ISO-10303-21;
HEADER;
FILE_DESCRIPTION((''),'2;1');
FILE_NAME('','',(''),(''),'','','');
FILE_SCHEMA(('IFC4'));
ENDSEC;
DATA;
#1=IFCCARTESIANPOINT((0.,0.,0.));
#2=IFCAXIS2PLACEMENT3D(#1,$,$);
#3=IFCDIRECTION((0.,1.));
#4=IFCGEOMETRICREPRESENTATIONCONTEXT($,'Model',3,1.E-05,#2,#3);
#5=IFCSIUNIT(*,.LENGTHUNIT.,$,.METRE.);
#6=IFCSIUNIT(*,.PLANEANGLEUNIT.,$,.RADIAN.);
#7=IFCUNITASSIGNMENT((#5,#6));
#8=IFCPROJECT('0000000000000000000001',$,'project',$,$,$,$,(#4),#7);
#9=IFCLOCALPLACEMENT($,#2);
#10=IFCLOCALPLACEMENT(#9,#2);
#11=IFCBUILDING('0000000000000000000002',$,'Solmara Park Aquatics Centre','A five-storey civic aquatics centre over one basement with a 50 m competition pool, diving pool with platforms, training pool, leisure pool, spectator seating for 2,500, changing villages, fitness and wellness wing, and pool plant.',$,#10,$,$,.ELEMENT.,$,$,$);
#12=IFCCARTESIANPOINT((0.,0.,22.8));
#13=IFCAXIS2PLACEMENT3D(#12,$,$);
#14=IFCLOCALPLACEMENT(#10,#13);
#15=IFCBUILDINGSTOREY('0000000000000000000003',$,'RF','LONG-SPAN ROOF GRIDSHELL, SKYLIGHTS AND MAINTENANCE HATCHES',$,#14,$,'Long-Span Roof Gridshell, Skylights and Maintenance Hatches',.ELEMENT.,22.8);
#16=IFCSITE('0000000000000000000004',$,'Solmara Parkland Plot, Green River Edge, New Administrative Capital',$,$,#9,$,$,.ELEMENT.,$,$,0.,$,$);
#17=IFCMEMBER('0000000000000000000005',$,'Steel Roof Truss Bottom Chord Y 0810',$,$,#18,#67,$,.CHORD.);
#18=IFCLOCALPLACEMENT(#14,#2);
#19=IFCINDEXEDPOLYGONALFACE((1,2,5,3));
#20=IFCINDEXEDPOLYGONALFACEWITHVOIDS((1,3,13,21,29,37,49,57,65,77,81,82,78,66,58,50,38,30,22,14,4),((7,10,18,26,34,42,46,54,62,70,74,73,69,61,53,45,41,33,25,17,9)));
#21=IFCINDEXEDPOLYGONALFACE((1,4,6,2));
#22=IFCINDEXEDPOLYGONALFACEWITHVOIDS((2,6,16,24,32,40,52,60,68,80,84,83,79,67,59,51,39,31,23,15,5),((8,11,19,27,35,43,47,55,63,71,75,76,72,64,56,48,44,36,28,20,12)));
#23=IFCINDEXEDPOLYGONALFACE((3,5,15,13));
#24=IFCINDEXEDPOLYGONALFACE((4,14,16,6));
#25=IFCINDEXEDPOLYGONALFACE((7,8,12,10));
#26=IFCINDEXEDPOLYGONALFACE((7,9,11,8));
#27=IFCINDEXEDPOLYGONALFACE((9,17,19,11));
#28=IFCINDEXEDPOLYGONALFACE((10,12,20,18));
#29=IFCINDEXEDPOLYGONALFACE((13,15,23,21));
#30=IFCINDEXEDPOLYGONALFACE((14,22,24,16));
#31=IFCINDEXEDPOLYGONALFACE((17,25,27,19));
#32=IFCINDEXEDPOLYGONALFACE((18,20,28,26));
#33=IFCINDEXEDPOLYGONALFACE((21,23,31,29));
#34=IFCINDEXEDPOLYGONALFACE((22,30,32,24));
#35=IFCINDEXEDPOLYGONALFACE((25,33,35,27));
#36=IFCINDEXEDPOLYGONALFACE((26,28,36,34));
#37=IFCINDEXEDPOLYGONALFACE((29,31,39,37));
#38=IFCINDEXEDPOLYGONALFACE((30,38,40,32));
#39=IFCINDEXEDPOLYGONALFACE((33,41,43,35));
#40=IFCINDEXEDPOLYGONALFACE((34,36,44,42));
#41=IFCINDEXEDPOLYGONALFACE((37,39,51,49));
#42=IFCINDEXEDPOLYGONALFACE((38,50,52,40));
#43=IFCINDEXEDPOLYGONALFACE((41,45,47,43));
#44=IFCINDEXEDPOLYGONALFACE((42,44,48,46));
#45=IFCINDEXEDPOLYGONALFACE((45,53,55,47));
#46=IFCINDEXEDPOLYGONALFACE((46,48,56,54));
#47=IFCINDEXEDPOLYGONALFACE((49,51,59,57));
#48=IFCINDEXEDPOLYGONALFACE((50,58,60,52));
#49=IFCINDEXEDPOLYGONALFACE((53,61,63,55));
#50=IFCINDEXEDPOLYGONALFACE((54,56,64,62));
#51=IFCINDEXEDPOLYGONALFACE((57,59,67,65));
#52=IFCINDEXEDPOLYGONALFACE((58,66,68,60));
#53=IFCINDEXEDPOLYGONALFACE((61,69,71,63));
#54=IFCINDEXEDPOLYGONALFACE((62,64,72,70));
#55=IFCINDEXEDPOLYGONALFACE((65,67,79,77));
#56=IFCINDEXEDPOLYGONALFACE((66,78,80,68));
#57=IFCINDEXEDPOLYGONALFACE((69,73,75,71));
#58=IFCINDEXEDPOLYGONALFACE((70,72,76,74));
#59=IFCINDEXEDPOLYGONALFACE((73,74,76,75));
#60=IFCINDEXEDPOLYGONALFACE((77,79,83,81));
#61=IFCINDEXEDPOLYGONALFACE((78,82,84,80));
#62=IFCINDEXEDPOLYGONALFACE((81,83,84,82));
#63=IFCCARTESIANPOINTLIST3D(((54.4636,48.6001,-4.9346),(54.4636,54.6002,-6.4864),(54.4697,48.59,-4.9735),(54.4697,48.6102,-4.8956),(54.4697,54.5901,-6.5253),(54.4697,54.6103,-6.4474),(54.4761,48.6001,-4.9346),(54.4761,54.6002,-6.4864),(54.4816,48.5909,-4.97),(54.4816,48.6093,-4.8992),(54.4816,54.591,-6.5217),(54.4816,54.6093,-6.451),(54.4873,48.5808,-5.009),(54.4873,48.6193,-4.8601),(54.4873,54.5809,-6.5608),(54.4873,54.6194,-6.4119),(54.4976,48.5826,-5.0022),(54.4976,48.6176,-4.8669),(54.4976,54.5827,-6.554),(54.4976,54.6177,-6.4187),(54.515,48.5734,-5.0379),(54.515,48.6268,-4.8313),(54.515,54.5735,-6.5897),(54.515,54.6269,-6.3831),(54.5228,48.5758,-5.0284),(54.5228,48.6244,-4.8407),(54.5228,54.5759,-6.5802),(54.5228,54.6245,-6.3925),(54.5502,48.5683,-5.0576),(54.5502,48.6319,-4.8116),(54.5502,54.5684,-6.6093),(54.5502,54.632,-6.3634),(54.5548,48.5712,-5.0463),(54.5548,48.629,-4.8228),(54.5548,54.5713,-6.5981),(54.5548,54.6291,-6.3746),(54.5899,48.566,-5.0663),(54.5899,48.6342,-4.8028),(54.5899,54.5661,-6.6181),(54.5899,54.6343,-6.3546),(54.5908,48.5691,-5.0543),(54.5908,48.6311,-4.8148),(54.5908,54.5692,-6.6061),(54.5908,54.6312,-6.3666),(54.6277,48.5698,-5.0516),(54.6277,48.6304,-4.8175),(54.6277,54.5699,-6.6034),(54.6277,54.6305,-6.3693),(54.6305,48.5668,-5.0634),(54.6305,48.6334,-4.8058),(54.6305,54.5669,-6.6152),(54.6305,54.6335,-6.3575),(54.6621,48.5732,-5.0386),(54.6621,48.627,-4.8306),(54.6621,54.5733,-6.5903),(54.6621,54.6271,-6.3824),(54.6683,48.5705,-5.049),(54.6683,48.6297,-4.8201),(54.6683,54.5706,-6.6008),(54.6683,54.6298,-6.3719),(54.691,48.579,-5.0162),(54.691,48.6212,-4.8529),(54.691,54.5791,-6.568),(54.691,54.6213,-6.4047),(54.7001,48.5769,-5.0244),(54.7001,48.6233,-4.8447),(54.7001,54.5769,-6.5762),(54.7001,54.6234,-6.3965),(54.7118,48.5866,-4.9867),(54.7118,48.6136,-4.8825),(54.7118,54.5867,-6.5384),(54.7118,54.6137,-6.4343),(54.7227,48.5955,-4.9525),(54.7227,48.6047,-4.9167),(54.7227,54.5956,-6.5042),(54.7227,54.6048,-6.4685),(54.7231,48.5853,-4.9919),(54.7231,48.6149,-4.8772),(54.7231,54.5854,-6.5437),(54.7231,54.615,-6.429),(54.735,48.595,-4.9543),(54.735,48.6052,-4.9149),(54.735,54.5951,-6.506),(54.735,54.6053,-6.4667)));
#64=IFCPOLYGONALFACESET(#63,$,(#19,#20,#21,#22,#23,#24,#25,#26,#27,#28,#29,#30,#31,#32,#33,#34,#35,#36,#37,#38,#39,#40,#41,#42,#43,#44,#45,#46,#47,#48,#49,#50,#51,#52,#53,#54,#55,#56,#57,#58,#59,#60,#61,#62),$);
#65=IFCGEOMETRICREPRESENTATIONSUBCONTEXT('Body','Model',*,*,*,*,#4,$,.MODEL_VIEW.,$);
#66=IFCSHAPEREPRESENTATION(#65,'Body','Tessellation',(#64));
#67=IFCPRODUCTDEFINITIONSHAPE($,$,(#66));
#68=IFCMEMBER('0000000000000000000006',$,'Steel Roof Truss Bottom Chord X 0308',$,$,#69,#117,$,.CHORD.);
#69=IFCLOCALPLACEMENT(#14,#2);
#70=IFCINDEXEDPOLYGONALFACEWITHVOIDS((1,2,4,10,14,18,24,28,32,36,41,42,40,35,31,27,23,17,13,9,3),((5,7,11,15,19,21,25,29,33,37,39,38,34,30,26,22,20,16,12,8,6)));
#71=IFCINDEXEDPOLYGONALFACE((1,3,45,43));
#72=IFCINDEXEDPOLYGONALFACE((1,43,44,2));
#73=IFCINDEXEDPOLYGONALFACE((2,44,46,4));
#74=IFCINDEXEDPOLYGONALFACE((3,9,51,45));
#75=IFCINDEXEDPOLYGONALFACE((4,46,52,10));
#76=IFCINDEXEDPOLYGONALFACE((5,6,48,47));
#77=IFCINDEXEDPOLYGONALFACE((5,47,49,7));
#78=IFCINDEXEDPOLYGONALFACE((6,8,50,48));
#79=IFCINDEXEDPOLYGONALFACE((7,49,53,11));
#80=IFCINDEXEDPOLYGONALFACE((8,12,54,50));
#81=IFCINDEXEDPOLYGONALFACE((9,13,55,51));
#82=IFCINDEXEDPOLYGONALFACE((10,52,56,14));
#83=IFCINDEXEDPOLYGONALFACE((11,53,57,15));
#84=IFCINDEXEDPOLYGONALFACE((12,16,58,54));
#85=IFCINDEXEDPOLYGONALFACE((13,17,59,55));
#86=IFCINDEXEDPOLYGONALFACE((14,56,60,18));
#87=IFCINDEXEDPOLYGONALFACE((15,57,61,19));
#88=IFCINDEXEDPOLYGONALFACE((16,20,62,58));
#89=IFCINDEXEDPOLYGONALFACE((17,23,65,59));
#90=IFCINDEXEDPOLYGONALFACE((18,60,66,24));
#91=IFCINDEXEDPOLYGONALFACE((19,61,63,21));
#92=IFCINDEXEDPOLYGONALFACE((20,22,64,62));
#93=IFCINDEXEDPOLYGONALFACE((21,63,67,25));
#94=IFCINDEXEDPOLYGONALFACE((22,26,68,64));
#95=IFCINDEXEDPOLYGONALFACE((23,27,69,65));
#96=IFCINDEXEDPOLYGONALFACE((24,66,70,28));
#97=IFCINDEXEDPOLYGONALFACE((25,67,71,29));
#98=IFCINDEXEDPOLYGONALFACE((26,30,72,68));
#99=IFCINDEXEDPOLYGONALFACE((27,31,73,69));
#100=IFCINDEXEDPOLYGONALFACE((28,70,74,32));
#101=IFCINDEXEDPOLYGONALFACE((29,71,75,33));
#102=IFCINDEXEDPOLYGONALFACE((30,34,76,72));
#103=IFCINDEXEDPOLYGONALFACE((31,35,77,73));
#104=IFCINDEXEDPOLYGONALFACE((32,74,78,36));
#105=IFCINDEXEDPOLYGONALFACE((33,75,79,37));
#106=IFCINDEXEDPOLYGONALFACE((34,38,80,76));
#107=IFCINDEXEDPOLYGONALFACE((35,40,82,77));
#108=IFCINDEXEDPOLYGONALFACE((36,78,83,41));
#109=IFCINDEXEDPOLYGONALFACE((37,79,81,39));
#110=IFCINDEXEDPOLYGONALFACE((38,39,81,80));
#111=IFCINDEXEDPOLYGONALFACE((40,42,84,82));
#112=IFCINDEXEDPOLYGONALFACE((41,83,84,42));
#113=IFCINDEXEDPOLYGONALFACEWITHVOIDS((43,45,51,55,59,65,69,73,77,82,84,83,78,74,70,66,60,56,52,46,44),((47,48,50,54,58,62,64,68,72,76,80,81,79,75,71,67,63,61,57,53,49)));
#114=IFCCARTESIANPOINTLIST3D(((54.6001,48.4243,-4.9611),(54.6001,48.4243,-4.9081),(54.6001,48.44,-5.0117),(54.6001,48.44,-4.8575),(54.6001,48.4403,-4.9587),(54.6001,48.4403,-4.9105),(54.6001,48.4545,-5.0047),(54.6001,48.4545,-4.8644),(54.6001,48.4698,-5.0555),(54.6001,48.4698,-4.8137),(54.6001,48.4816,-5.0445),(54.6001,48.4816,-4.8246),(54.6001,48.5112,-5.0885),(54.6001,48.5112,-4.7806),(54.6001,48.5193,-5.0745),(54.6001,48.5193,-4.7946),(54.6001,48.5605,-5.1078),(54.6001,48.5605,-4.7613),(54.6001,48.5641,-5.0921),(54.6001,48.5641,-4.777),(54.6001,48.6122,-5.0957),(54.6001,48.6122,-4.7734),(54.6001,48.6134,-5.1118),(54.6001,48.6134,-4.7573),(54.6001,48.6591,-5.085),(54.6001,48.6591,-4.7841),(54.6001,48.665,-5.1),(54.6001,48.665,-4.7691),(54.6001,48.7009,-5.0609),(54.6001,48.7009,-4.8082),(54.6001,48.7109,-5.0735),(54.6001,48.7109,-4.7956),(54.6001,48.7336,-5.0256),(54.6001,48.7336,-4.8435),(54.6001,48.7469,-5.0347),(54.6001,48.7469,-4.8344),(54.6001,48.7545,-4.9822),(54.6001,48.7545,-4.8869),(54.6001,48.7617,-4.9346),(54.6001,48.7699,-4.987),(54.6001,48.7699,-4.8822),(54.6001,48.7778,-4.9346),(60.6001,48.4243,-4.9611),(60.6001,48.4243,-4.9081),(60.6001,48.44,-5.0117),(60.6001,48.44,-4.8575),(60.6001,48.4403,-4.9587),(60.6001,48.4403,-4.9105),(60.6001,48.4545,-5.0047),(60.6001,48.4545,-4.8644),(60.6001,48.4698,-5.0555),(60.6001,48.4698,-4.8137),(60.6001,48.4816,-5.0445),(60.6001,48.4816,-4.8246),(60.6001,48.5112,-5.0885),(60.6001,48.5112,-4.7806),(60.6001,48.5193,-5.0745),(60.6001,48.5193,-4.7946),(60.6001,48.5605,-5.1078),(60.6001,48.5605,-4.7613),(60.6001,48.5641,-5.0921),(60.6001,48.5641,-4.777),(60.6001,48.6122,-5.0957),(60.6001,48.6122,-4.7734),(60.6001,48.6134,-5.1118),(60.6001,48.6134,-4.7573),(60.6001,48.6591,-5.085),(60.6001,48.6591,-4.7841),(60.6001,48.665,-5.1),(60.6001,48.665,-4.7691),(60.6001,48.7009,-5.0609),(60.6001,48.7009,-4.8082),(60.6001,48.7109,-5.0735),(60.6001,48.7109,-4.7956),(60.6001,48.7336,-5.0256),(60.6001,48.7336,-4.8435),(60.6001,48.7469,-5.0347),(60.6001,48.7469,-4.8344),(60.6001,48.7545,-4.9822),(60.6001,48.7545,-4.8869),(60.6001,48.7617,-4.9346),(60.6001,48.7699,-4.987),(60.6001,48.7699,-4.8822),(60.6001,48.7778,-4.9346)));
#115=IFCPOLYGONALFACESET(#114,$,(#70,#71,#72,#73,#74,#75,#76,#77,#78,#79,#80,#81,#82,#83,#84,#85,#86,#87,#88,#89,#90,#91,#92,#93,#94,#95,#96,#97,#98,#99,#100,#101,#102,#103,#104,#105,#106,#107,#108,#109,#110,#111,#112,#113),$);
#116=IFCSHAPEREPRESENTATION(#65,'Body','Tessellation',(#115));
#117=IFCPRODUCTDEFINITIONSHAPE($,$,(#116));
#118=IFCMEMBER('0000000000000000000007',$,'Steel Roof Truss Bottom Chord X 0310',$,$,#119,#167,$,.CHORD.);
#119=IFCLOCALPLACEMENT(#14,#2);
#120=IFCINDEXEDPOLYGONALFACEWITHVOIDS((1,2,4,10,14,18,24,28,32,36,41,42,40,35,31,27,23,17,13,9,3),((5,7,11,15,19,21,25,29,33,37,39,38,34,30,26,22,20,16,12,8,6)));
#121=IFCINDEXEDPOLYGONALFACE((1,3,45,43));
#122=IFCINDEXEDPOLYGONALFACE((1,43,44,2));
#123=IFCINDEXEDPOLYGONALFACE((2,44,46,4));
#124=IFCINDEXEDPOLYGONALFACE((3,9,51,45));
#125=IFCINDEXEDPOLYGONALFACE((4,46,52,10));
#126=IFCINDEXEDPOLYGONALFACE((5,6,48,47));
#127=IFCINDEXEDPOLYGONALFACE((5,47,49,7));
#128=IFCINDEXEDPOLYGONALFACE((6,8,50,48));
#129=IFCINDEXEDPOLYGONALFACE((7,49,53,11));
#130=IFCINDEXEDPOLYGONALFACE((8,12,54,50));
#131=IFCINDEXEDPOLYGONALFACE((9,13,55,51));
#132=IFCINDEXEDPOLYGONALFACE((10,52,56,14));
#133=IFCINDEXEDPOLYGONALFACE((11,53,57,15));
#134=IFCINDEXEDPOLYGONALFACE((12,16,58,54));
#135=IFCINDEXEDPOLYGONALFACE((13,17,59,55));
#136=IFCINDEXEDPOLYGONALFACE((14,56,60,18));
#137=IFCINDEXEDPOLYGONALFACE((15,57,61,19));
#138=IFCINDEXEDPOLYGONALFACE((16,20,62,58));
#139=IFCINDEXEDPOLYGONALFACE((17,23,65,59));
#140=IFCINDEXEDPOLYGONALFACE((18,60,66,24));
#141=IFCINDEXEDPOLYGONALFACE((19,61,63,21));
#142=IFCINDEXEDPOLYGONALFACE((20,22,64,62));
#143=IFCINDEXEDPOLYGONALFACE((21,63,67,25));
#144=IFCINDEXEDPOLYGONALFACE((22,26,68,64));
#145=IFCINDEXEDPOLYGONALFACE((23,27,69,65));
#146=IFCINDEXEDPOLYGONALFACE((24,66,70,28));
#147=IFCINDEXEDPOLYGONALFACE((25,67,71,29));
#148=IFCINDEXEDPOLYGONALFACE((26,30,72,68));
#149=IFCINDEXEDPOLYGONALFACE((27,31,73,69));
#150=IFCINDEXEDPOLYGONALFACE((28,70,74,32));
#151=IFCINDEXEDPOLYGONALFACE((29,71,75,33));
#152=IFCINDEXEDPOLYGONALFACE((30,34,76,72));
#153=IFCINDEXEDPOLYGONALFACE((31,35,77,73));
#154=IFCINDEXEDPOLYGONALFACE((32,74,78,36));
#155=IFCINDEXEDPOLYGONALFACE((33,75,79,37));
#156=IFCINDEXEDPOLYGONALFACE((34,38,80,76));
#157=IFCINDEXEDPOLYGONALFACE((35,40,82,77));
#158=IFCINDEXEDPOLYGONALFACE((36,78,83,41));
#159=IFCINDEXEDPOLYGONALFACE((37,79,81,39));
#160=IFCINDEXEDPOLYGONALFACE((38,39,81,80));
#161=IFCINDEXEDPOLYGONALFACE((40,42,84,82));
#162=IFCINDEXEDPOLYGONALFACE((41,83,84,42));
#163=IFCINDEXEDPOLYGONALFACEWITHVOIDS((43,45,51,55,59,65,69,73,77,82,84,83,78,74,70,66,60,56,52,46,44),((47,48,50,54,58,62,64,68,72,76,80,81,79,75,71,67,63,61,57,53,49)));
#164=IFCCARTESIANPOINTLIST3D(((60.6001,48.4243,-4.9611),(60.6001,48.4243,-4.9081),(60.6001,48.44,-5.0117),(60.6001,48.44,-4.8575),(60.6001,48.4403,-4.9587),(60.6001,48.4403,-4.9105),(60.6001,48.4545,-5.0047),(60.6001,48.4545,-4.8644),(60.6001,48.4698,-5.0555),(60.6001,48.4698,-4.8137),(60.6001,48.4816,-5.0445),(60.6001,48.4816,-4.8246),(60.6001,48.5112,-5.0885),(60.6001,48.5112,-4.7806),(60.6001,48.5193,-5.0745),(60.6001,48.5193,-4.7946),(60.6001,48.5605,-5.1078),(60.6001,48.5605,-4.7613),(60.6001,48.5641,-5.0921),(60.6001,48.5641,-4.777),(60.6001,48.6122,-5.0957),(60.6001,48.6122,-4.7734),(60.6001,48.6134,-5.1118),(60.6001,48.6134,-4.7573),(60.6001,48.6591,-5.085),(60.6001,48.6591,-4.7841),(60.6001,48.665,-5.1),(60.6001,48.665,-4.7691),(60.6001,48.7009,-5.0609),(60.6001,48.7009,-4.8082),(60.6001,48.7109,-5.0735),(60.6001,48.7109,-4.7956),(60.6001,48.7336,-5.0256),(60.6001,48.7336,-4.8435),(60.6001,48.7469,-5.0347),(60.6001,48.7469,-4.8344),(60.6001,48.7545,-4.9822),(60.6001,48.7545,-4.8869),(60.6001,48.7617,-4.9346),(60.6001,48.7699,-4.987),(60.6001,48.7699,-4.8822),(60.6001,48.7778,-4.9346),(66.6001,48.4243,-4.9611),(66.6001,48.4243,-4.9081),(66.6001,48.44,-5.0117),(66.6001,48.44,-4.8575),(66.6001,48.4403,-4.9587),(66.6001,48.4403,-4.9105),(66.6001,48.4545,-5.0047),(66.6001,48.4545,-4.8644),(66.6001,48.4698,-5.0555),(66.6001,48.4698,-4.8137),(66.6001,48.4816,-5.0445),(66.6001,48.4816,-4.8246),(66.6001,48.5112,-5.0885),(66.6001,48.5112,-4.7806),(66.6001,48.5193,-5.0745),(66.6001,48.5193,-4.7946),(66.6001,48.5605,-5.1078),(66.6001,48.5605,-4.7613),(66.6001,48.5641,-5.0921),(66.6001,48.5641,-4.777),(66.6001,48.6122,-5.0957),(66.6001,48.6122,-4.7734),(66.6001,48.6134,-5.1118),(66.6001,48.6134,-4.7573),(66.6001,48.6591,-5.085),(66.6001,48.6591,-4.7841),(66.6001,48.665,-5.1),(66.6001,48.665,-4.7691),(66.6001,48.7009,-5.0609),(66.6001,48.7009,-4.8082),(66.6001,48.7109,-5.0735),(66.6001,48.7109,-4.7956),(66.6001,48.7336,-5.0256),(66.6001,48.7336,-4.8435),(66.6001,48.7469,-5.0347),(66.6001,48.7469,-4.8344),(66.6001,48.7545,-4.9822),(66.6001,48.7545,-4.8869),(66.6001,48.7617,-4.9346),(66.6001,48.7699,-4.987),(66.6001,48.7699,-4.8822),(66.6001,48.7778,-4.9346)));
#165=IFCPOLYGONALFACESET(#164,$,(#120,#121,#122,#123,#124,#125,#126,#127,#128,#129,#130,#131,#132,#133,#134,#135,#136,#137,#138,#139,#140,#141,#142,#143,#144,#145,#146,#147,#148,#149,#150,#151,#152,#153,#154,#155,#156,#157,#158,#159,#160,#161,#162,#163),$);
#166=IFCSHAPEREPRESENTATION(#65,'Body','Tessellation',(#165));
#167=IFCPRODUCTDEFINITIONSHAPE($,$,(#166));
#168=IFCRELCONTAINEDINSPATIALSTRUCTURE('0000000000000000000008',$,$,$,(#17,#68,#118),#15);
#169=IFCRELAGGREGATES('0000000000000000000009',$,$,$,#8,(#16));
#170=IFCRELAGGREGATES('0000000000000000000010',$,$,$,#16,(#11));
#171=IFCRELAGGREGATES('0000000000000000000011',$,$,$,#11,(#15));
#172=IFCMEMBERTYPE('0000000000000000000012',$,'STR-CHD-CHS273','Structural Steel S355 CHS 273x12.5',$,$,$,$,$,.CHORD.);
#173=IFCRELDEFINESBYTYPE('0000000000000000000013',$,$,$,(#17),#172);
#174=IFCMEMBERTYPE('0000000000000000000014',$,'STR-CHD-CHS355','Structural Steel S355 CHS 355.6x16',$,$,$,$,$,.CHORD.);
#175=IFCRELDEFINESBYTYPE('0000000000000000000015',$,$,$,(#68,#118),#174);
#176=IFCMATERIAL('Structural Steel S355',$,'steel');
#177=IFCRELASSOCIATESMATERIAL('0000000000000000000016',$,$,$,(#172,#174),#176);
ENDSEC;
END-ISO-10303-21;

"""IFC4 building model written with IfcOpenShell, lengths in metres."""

from ifc_helpers import new_model, si_unit, direction, frame, origin, origin_2d, place, context, subcontext, project, spatial, hollow_circle, extrude, material, material_profile, profile_set, type_object, element, save


model = new_model("IFC4")

# Units and contexts
model_context = context("Model", 3, precision=1e-05, world=origin(), true_north=direction((0.0, 1.0)))
body_context = subcontext(model_context, "Body", "Model", "MODEL_VIEW")
ifc_project = project(units=[si_unit("LENGTHUNIT", "METRE"), si_unit("PLANEANGLEUNIT", "RADIAN")], contexts=[model_context])

# Site, building, storey
site_placement = place(None, origin())
site = spatial("IfcSite", under=ifc_project, at=site_placement, Name="Solmara Parkland Plot, Green River Edge, New Administrative Capital", CompositionType="ELEMENT", RefElevation=0.0)
building_placement = place(site_placement, origin())
building = spatial("IfcBuilding", under=site, at=building_placement, Name="Solmara Park Aquatics Centre", Description="A five-storey civic aquatics centre over one basement with a 50 m competition pool, diving pool with platforms, training pool, leisure pool, spectator seating for 2,500, changing villages, fitness and wellness wing, and pool plant.", CompositionType="ELEMENT")
storey_placement = place(building_placement, frame((0.0, 0.0, 22.8)))
storey = spatial("IfcBuildingStorey", under=building, at=storey_placement, Name="RF", Description="LONG-SPAN ROOF GRIDSHELL, SKYLIGHTS AND MAINTENANCE HATCHES", LongName="Long-Span Roof Gridshell, Skylights and Maintenance Hatches", CompositionType="ELEMENT", Elevation=22.8)

# Members
ifc_material_1 = material(Name="Structural Steel S355", Category="steel")
ifc_material_profile_1 = material_profile(ifc_material_1, hollow_circle(Radius=0.1365, WallThickness=0.0125, at=origin_2d()), Name="CHS 273x12.5")
ifc_profile_set_1 = profile_set([ifc_material_profile_1], Name="Structural Steel S355")
member_type_1 = type_object("IfcMemberType", Name="STR-CHD-CHS273", Description="Structural Steel S355 CHS 273x12.5", PredefinedType="CHORD", material=ifc_profile_set_1)
member_1_placement = place(storey_placement, frame((54.6001, 48.6001, -4.9346), z_axis=(0.0, 0.968146, -0.250388), x_axis=(-1.0, 0.0, 0.0)))
element("IfcMember", 1, at=member_1_placement, inside=storey, type_object=member_type_1, Name="Steel Roof Truss Bottom Chord Y 0810", PredefinedType="CHORD", context=body_context, shape_type="SweptSolid", body=[
    extrude(hollow_circle(Radius=0.1365, WallThickness=0.0125, at=origin_2d()), origin(), (0.0, 0.0, 1.0), 6.1975),
])
ifc_material_profile_2 = material_profile(ifc_material_1, hollow_circle(Radius=0.1777, WallThickness=0.0161, at=origin_2d()), Name="CHS 355.6x16")
ifc_profile_set_2 = profile_set([ifc_material_profile_2], Name="Structural Steel S355")
member_type_2 = type_object("IfcMemberType", Name="STR-CHD-CHS355", Description="Structural Steel S355 CHS 355.6x16", PredefinedType="CHORD", material=ifc_profile_set_2)
for number, where, z_axis, x_axis, name in (
    (2, (54.6001, 48.6001, -4.9346), (1.0, 0.0, 0.0), (0.0, 1.0, 0.0), "Steel Roof Truss Bottom Chord X 0308"),
    (3, (60.6001, 48.6001, -4.9346), (1.0, 0.0, 0.0), (0.0, 1.0, 0.0), "Steel Roof Truss Bottom Chord X 0310"),
):
    element("IfcMember", number, at=place(storey_placement, frame(where, z_axis=z_axis, x_axis=x_axis)), inside=storey, type_object=member_type_2, Name=name, PredefinedType="CHORD", context=body_context, shape_type="SweptSolid", body=[
        extrude(hollow_circle(Radius=0.1777, WallThickness=0.0161, at=origin_2d()), origin(), (0.0, 0.0, 1.0), 6.0),
    ])

save(model, "model.ifc")
